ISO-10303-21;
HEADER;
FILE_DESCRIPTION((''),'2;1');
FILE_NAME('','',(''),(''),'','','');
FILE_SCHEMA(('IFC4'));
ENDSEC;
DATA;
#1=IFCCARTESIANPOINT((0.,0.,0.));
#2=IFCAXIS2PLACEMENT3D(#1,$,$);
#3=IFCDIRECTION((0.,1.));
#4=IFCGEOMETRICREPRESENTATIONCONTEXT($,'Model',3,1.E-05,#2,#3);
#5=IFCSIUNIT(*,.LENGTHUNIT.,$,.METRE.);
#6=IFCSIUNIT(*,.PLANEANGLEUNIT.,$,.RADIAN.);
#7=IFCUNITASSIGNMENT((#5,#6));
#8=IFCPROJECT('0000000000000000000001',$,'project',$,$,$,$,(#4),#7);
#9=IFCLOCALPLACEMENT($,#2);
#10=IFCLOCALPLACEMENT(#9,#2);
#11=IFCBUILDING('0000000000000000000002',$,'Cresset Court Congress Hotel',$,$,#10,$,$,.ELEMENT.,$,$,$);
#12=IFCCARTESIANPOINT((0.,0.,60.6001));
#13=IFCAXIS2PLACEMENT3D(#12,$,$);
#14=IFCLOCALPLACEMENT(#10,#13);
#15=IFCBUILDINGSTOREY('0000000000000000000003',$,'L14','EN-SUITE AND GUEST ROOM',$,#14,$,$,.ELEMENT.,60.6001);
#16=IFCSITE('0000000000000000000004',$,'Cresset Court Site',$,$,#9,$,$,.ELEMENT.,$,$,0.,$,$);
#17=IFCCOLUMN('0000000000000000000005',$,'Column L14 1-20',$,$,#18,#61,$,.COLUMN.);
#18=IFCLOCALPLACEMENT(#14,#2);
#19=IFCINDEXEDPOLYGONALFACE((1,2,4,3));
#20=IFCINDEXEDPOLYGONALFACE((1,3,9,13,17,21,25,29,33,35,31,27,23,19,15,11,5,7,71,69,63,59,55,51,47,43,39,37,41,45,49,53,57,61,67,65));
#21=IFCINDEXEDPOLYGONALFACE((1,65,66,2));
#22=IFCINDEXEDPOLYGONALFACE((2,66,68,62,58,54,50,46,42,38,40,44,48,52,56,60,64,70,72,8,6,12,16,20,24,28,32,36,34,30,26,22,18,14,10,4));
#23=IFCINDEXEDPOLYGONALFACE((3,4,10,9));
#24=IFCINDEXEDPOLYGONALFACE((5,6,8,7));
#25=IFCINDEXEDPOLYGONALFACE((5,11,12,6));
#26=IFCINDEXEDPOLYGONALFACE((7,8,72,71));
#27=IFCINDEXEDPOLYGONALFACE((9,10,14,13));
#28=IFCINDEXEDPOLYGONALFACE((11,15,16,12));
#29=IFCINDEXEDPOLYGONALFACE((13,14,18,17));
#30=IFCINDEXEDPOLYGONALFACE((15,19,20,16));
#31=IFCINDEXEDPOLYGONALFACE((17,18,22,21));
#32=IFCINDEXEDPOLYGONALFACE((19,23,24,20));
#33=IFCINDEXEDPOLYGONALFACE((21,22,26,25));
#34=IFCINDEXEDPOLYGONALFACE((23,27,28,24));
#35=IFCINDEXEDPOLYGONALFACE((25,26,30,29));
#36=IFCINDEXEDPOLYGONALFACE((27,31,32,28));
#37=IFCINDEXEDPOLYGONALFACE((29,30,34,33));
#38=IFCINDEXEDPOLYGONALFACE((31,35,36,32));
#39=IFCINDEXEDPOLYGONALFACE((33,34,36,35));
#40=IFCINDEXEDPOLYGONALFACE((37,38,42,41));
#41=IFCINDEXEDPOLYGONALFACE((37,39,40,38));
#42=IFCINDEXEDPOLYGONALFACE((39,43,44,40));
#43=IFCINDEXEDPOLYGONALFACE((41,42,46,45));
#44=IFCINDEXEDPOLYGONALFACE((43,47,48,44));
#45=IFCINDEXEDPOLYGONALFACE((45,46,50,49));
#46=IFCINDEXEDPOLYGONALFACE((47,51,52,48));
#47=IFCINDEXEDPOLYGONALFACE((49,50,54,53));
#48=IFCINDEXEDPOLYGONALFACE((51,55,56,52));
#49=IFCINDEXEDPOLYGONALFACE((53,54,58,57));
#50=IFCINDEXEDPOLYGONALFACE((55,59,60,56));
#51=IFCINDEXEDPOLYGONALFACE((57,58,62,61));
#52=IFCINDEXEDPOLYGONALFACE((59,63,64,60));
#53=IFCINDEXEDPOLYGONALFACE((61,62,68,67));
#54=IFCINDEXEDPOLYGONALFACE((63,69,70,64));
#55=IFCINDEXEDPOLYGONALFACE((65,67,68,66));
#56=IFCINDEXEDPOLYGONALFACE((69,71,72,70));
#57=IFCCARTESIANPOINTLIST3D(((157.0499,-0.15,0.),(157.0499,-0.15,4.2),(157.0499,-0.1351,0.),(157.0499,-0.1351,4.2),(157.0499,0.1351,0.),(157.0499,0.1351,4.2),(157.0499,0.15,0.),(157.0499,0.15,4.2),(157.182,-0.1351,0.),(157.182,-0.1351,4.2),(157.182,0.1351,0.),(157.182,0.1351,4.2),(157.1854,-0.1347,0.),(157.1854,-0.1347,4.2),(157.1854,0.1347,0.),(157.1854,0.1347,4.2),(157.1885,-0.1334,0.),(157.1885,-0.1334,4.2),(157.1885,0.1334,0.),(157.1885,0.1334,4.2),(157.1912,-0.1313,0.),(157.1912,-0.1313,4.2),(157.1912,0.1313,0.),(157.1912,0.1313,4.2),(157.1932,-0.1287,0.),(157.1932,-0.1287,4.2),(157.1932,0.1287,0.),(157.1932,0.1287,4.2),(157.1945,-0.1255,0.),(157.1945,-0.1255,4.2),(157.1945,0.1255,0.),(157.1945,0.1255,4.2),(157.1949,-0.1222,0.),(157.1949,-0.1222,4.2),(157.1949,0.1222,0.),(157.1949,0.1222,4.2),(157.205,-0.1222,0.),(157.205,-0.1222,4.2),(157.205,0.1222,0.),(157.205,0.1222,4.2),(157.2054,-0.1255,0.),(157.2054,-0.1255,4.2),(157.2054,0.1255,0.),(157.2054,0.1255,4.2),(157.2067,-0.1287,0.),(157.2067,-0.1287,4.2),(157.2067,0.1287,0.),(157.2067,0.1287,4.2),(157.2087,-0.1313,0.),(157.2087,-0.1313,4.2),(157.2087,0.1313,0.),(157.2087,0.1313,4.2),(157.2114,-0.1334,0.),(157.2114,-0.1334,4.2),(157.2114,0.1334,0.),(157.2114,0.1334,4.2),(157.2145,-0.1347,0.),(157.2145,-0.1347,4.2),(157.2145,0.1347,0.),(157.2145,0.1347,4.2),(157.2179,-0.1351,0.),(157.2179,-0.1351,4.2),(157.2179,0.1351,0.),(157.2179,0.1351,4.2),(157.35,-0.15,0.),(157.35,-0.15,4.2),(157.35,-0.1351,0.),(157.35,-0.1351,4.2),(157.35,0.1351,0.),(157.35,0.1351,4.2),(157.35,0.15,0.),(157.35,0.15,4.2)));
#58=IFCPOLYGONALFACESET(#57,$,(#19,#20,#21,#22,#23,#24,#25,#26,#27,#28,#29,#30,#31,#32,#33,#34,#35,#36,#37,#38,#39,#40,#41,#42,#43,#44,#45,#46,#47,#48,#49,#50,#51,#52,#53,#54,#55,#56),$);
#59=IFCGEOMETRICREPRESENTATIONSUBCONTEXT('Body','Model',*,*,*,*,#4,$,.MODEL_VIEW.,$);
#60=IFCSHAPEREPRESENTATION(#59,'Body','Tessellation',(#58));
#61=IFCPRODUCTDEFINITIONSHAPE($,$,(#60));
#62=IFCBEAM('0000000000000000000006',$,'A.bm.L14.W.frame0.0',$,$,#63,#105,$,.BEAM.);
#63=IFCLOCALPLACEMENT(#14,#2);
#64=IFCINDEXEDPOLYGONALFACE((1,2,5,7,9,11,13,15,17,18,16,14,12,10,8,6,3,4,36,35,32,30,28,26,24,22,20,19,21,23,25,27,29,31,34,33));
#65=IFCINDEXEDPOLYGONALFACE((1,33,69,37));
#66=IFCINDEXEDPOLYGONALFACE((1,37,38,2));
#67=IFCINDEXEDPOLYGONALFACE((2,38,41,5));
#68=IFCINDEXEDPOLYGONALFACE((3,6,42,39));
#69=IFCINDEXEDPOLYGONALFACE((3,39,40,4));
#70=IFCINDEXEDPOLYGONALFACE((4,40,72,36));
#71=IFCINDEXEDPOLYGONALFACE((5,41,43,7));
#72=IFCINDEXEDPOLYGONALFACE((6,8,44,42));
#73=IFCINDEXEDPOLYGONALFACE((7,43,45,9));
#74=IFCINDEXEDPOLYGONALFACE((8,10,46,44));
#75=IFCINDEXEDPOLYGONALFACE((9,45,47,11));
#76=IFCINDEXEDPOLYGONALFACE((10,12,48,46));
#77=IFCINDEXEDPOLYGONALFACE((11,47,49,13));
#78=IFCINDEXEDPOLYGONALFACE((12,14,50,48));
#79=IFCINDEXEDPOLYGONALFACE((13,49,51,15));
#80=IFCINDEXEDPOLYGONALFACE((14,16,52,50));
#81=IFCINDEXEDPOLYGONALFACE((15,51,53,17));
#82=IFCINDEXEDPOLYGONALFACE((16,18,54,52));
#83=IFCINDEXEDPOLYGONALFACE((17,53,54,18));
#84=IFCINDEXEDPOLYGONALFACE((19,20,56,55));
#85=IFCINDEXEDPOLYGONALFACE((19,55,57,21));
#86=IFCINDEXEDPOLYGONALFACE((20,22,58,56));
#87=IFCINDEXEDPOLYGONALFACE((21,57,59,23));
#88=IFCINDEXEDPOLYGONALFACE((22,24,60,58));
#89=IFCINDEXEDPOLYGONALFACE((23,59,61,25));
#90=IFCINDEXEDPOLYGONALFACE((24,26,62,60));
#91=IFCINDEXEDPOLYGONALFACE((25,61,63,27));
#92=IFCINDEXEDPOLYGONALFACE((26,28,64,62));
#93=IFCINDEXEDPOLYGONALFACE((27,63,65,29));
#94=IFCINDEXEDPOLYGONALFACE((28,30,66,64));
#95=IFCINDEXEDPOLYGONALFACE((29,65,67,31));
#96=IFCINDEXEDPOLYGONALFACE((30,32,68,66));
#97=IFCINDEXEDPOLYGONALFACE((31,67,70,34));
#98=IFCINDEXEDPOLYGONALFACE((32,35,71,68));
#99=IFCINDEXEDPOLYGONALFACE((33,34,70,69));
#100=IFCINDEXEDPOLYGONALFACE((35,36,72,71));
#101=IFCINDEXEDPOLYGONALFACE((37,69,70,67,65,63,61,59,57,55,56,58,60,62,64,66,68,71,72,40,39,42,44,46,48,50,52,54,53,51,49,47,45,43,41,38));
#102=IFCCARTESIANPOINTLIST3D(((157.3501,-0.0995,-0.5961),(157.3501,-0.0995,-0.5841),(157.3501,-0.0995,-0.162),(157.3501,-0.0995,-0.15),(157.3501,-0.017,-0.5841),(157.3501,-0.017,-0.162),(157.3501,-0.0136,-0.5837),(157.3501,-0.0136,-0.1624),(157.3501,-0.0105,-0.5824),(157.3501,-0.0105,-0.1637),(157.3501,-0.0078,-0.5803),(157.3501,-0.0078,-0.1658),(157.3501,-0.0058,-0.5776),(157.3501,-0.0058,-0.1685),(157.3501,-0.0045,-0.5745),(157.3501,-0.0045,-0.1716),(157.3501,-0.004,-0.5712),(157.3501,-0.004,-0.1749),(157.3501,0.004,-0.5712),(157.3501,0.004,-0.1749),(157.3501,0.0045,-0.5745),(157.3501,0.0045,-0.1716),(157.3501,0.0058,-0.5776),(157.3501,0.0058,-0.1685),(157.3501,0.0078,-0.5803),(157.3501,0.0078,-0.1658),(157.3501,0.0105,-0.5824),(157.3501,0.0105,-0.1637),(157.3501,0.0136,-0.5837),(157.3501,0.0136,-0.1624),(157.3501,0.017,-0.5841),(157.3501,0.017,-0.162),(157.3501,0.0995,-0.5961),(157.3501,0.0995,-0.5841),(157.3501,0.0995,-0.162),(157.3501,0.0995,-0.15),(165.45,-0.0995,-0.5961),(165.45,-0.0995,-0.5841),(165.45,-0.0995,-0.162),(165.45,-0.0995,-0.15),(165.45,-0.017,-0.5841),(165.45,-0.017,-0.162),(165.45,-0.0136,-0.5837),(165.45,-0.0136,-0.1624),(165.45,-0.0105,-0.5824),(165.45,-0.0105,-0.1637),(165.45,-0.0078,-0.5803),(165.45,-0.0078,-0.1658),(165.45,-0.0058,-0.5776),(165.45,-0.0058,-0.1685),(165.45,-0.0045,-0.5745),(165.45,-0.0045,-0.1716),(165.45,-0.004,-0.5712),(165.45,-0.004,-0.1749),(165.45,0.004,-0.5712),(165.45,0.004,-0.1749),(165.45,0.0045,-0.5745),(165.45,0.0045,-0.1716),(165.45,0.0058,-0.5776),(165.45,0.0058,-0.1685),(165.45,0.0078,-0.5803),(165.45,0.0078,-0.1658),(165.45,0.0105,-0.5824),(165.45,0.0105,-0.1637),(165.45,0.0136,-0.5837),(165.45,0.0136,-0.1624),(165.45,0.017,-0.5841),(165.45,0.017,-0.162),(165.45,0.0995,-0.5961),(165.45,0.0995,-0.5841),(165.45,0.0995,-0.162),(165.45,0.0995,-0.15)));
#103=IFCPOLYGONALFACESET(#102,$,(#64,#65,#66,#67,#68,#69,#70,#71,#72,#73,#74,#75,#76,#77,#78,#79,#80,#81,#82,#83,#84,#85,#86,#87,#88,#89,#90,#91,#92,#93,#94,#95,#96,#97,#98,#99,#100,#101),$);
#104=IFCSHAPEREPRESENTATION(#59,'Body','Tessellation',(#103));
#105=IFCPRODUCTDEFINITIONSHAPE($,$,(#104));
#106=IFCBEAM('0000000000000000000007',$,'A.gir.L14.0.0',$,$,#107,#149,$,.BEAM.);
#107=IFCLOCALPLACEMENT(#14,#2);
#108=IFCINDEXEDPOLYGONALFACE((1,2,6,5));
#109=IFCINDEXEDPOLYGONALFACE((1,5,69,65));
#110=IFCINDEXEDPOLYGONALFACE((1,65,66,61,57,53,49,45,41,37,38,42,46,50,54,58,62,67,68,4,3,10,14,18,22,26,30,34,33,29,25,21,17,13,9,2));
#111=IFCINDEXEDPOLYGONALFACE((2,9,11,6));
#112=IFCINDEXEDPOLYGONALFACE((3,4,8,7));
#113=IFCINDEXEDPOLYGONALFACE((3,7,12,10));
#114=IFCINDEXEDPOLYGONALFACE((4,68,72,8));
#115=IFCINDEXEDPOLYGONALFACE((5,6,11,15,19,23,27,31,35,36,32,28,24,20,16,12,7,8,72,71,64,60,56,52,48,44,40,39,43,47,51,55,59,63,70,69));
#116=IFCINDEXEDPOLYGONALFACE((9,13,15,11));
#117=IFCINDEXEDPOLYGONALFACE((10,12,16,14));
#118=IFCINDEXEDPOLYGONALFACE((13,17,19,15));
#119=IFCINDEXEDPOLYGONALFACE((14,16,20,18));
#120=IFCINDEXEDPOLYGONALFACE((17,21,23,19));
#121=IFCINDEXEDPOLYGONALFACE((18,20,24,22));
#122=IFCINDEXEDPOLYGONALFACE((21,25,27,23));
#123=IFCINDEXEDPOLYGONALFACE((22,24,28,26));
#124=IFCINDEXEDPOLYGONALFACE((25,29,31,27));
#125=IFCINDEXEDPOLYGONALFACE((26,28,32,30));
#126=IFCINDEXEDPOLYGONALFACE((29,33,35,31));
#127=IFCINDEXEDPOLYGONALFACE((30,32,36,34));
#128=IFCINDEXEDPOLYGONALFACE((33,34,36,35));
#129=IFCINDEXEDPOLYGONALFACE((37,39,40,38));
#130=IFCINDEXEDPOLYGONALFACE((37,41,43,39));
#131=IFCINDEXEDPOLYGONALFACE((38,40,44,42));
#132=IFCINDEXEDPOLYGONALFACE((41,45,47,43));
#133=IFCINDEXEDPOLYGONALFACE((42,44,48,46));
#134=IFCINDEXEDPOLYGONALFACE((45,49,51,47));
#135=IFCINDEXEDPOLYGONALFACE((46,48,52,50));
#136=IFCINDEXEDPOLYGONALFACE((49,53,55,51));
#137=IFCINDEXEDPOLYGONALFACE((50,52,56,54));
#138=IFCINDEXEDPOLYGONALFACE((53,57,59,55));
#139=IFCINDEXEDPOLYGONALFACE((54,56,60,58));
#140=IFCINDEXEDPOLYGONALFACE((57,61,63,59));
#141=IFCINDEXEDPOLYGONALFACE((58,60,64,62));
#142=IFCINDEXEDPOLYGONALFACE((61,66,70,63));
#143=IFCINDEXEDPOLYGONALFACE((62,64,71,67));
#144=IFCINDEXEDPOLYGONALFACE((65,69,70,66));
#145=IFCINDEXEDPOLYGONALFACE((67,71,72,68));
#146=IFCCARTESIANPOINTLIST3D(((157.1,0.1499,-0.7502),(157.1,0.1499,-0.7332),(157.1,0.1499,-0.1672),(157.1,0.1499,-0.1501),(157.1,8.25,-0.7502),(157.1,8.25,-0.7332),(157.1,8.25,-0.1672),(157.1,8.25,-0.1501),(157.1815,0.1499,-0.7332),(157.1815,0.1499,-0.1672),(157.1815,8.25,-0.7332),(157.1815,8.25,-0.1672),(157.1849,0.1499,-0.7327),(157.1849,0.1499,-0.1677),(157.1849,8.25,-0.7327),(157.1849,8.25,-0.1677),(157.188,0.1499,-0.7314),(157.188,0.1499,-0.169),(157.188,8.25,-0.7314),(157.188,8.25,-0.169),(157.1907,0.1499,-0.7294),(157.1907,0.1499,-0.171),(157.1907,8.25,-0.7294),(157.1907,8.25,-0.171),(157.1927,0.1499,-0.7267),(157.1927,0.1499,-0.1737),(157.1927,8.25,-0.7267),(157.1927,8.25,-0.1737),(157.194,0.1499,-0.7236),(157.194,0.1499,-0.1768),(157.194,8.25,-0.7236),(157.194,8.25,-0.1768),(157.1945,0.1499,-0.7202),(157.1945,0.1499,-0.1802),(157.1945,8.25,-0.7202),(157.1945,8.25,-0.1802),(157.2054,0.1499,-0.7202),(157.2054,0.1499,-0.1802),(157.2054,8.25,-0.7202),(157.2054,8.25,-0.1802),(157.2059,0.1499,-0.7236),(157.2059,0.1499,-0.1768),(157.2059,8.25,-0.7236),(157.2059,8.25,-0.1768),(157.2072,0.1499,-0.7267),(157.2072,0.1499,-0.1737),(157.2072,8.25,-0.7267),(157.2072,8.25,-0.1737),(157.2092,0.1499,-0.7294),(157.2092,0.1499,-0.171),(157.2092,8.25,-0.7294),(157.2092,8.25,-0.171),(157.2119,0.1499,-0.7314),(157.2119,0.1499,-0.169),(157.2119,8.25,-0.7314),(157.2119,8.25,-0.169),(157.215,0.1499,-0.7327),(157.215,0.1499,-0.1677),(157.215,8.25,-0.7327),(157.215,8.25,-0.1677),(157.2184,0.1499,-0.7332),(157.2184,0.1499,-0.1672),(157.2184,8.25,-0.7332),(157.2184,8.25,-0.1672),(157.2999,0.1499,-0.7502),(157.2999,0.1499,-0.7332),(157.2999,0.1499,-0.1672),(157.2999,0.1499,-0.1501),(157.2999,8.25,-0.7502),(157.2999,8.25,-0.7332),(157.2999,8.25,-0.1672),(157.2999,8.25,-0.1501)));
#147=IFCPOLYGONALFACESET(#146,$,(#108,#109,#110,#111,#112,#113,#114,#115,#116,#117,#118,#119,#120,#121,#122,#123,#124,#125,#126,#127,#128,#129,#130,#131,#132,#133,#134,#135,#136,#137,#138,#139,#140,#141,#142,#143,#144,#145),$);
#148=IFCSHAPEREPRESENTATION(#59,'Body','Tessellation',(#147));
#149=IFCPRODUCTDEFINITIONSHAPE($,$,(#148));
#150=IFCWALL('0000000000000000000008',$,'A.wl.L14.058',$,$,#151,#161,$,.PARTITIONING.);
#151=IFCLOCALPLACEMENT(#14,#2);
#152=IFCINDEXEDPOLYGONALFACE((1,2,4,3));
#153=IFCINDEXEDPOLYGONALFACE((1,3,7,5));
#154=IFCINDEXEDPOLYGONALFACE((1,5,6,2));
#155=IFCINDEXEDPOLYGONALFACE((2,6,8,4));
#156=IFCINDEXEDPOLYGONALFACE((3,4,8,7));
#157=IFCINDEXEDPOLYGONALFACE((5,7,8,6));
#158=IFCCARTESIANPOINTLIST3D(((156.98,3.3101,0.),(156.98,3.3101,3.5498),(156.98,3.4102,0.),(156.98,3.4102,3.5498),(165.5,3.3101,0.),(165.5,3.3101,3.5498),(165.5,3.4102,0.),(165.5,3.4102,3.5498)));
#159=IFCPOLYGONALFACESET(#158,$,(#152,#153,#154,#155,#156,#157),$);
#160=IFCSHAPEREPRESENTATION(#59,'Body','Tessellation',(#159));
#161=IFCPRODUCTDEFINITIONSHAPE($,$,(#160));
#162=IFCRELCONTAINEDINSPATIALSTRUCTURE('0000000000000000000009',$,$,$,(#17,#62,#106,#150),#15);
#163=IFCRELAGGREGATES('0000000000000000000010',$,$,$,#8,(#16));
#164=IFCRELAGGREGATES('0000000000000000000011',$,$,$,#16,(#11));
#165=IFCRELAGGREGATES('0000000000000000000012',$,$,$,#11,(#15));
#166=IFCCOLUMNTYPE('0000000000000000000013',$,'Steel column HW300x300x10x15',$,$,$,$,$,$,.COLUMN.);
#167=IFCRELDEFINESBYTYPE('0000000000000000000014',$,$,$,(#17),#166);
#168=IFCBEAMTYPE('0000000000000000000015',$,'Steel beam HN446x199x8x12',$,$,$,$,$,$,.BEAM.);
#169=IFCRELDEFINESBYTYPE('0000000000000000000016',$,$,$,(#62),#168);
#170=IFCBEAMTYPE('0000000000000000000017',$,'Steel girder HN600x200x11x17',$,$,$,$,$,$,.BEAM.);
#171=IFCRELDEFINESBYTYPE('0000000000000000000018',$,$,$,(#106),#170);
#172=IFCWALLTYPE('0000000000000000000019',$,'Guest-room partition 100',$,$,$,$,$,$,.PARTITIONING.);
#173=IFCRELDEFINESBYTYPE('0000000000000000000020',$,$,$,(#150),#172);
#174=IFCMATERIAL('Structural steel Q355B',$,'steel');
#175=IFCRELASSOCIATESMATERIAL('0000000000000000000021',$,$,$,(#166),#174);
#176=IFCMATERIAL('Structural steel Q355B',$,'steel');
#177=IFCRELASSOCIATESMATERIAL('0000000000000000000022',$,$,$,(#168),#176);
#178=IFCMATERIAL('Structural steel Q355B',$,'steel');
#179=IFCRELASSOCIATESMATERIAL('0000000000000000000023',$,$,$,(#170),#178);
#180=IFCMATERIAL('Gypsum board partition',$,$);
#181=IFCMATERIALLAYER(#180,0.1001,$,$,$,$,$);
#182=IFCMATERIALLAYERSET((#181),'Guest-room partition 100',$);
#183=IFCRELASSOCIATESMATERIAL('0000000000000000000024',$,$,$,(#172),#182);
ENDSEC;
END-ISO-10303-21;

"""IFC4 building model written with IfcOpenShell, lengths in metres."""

from ifc_helpers import new_model, si_unit, direction, frame, frame_2d, origin, origin_2d, place, context, subcontext, project, spatial, rectangle, i_section, extrude, material, layer, layer_set, material_profile, profile_set, type_object, element, save


model = new_model("IFC4")

# Units and contexts
model_context = context("Model", 3, precision=1e-05, world=origin(), true_north=direction((0.0, 1.0)))
body_context = subcontext(model_context, "Body", "Model", "MODEL_VIEW")
ifc_project = project(units=[si_unit("LENGTHUNIT", "METRE"), si_unit("PLANEANGLEUNIT", "RADIAN")], contexts=[model_context])

# Site, building, storey
site_placement = place(None, origin())
site = spatial("IfcSite", under=ifc_project, at=site_placement, Name="Cresset Court Site", CompositionType="ELEMENT", RefElevation=0.0)
building_placement = place(site_placement, origin())
building = spatial("IfcBuilding", under=site, at=building_placement, Name="Cresset Court Congress Hotel", CompositionType="ELEMENT")
storey_placement = place(building_placement, frame((0.0, 0.0, 60.6001)))
storey = spatial("IfcBuildingStorey", under=building, at=storey_placement, Name="L14", Description="EN-SUITE AND GUEST ROOM", CompositionType="ELEMENT", Elevation=60.6001)

# Column
ifc_material_1 = material(Name="Structural steel Q355B", Category="steel")
ifc_material_profile_1 = material_profile(ifc_material_1, i_section(OverallWidth=0.3, OverallDepth=0.3, WebThickness=0.01, FlangeThickness=0.0149, FilletRadius=0.0129, at=origin_2d()), Name="HW300x300x10x15")
ifc_profile_set_1 = profile_set([ifc_material_profile_1], Name="Structural steel Q355B")
column_type = type_object("IfcColumnType", Name="Steel column HW300x300x10x15", PredefinedType="COLUMN", material=ifc_profile_set_1)
column_placement = place(storey_placement, frame((157.2, 0.0, 0.0), z_axis=(0.0, 0.0, 1.0), x_axis=(1.0, 0.0, 0.0)))
element("IfcColumn", 1, at=column_placement, inside=storey, type_object=column_type, Name="Column L14 1-20", PredefinedType="COLUMN", context=body_context, shape_type="SweptSolid", body=[
    extrude(i_section(OverallWidth=0.3, OverallDepth=0.3, WebThickness=0.01, FlangeThickness=0.0149, FilletRadius=0.0129, at=origin_2d()), origin(), (0.0, 0.0, 1.0), 4.2),
])

# Beams
ifc_material_2 = material(Name="Structural steel Q355B", Category="steel")
ifc_material_profile_2 = material_profile(ifc_material_2, i_section(OverallWidth=0.199, OverallDepth=0.446, WebThickness=0.0081, FlangeThickness=0.012, FilletRadius=0.0129, at=origin_2d()), Name="HN446x199x8x12")
ifc_profile_set_2 = profile_set([ifc_material_profile_2], Name="Structural steel Q355B")
beam_type_1 = type_object("IfcBeamType", Name="Steel beam HN446x199x8x12", PredefinedType="BEAM", material=ifc_profile_set_2)
beam_1_placement = place(storey_placement, frame((157.3501, 0.0, -0.373), z_axis=(1.0, 0.0, 0.0), x_axis=(0.0, 1.0, 0.0)))
element("IfcBeam", 2, at=beam_1_placement, inside=storey, type_object=beam_type_1, Name="A.bm.L14.W.frame0.0", PredefinedType="BEAM", context=body_context, shape_type="SweptSolid", body=[
    extrude(i_section(OverallWidth=0.199, OverallDepth=0.446, WebThickness=0.0081, FlangeThickness=0.012, FilletRadius=0.0129, at=origin_2d()), origin(), (0.0, 0.0, 1.0), 8.0999),
])
ifc_material_3 = material(Name="Structural steel Q355B", Category="steel")
ifc_material_profile_3 = material_profile(ifc_material_3, i_section(OverallWidth=0.2, OverallDepth=0.6001, WebThickness=0.011, FlangeThickness=0.0171, FilletRadius=0.0129, at=origin_2d()), Name="HN600x200x11x17")
ifc_profile_set_3 = profile_set([ifc_material_profile_3], Name="Structural steel Q355B")
beam_type_2 = type_object("IfcBeamType", Name="Steel girder HN600x200x11x17", PredefinedType="BEAM", material=ifc_profile_set_3)
beam_2_placement = place(storey_placement, frame((157.2, 0.1499, -0.4502), z_axis=(0.0, 1.0, 0.0), x_axis=(-1.0, 0.0, 0.0)))
element("IfcBeam", 3, at=beam_2_placement, inside=storey, type_object=beam_type_2, Name="A.gir.L14.0.0", PredefinedType="BEAM", context=body_context, shape_type="SweptSolid", body=[
    extrude(i_section(OverallWidth=0.2, OverallDepth=0.6001, WebThickness=0.011, FlangeThickness=0.0171, FilletRadius=0.0129, at=origin_2d()), origin(), (0.0, 0.0, 1.0), 8.1001),
])

# Wall
ifc_material_4 = material(Name="Gypsum board partition")
ifc_layer = layer(ifc_material_4, 0.1001)
ifc_layer_set = layer_set([ifc_layer], Name="Guest-room partition 100")
wall_type = type_object("IfcWallType", Name="Guest-room partition 100", PredefinedType="PARTITIONING", material=ifc_layer_set)
wall_placement = place(storey_placement, frame((156.98, 3.3601, 0.0), z_axis=(0.0, 0.0, 1.0), x_axis=(1.0, 0.0, 0.0)))
element("IfcWall", 4, at=wall_placement, inside=storey, type_object=wall_type, Name="A.wl.L14.058", PredefinedType="PARTITIONING", context=body_context, shape_type="SweptSolid", body=[
    extrude(rectangle(XDim=8.52, YDim=0.1001, at=frame_2d((4.26, 0.0))), origin(), (0.0, 0.0, 1.0), 3.5498),
])

save(model, "model.ifc")
